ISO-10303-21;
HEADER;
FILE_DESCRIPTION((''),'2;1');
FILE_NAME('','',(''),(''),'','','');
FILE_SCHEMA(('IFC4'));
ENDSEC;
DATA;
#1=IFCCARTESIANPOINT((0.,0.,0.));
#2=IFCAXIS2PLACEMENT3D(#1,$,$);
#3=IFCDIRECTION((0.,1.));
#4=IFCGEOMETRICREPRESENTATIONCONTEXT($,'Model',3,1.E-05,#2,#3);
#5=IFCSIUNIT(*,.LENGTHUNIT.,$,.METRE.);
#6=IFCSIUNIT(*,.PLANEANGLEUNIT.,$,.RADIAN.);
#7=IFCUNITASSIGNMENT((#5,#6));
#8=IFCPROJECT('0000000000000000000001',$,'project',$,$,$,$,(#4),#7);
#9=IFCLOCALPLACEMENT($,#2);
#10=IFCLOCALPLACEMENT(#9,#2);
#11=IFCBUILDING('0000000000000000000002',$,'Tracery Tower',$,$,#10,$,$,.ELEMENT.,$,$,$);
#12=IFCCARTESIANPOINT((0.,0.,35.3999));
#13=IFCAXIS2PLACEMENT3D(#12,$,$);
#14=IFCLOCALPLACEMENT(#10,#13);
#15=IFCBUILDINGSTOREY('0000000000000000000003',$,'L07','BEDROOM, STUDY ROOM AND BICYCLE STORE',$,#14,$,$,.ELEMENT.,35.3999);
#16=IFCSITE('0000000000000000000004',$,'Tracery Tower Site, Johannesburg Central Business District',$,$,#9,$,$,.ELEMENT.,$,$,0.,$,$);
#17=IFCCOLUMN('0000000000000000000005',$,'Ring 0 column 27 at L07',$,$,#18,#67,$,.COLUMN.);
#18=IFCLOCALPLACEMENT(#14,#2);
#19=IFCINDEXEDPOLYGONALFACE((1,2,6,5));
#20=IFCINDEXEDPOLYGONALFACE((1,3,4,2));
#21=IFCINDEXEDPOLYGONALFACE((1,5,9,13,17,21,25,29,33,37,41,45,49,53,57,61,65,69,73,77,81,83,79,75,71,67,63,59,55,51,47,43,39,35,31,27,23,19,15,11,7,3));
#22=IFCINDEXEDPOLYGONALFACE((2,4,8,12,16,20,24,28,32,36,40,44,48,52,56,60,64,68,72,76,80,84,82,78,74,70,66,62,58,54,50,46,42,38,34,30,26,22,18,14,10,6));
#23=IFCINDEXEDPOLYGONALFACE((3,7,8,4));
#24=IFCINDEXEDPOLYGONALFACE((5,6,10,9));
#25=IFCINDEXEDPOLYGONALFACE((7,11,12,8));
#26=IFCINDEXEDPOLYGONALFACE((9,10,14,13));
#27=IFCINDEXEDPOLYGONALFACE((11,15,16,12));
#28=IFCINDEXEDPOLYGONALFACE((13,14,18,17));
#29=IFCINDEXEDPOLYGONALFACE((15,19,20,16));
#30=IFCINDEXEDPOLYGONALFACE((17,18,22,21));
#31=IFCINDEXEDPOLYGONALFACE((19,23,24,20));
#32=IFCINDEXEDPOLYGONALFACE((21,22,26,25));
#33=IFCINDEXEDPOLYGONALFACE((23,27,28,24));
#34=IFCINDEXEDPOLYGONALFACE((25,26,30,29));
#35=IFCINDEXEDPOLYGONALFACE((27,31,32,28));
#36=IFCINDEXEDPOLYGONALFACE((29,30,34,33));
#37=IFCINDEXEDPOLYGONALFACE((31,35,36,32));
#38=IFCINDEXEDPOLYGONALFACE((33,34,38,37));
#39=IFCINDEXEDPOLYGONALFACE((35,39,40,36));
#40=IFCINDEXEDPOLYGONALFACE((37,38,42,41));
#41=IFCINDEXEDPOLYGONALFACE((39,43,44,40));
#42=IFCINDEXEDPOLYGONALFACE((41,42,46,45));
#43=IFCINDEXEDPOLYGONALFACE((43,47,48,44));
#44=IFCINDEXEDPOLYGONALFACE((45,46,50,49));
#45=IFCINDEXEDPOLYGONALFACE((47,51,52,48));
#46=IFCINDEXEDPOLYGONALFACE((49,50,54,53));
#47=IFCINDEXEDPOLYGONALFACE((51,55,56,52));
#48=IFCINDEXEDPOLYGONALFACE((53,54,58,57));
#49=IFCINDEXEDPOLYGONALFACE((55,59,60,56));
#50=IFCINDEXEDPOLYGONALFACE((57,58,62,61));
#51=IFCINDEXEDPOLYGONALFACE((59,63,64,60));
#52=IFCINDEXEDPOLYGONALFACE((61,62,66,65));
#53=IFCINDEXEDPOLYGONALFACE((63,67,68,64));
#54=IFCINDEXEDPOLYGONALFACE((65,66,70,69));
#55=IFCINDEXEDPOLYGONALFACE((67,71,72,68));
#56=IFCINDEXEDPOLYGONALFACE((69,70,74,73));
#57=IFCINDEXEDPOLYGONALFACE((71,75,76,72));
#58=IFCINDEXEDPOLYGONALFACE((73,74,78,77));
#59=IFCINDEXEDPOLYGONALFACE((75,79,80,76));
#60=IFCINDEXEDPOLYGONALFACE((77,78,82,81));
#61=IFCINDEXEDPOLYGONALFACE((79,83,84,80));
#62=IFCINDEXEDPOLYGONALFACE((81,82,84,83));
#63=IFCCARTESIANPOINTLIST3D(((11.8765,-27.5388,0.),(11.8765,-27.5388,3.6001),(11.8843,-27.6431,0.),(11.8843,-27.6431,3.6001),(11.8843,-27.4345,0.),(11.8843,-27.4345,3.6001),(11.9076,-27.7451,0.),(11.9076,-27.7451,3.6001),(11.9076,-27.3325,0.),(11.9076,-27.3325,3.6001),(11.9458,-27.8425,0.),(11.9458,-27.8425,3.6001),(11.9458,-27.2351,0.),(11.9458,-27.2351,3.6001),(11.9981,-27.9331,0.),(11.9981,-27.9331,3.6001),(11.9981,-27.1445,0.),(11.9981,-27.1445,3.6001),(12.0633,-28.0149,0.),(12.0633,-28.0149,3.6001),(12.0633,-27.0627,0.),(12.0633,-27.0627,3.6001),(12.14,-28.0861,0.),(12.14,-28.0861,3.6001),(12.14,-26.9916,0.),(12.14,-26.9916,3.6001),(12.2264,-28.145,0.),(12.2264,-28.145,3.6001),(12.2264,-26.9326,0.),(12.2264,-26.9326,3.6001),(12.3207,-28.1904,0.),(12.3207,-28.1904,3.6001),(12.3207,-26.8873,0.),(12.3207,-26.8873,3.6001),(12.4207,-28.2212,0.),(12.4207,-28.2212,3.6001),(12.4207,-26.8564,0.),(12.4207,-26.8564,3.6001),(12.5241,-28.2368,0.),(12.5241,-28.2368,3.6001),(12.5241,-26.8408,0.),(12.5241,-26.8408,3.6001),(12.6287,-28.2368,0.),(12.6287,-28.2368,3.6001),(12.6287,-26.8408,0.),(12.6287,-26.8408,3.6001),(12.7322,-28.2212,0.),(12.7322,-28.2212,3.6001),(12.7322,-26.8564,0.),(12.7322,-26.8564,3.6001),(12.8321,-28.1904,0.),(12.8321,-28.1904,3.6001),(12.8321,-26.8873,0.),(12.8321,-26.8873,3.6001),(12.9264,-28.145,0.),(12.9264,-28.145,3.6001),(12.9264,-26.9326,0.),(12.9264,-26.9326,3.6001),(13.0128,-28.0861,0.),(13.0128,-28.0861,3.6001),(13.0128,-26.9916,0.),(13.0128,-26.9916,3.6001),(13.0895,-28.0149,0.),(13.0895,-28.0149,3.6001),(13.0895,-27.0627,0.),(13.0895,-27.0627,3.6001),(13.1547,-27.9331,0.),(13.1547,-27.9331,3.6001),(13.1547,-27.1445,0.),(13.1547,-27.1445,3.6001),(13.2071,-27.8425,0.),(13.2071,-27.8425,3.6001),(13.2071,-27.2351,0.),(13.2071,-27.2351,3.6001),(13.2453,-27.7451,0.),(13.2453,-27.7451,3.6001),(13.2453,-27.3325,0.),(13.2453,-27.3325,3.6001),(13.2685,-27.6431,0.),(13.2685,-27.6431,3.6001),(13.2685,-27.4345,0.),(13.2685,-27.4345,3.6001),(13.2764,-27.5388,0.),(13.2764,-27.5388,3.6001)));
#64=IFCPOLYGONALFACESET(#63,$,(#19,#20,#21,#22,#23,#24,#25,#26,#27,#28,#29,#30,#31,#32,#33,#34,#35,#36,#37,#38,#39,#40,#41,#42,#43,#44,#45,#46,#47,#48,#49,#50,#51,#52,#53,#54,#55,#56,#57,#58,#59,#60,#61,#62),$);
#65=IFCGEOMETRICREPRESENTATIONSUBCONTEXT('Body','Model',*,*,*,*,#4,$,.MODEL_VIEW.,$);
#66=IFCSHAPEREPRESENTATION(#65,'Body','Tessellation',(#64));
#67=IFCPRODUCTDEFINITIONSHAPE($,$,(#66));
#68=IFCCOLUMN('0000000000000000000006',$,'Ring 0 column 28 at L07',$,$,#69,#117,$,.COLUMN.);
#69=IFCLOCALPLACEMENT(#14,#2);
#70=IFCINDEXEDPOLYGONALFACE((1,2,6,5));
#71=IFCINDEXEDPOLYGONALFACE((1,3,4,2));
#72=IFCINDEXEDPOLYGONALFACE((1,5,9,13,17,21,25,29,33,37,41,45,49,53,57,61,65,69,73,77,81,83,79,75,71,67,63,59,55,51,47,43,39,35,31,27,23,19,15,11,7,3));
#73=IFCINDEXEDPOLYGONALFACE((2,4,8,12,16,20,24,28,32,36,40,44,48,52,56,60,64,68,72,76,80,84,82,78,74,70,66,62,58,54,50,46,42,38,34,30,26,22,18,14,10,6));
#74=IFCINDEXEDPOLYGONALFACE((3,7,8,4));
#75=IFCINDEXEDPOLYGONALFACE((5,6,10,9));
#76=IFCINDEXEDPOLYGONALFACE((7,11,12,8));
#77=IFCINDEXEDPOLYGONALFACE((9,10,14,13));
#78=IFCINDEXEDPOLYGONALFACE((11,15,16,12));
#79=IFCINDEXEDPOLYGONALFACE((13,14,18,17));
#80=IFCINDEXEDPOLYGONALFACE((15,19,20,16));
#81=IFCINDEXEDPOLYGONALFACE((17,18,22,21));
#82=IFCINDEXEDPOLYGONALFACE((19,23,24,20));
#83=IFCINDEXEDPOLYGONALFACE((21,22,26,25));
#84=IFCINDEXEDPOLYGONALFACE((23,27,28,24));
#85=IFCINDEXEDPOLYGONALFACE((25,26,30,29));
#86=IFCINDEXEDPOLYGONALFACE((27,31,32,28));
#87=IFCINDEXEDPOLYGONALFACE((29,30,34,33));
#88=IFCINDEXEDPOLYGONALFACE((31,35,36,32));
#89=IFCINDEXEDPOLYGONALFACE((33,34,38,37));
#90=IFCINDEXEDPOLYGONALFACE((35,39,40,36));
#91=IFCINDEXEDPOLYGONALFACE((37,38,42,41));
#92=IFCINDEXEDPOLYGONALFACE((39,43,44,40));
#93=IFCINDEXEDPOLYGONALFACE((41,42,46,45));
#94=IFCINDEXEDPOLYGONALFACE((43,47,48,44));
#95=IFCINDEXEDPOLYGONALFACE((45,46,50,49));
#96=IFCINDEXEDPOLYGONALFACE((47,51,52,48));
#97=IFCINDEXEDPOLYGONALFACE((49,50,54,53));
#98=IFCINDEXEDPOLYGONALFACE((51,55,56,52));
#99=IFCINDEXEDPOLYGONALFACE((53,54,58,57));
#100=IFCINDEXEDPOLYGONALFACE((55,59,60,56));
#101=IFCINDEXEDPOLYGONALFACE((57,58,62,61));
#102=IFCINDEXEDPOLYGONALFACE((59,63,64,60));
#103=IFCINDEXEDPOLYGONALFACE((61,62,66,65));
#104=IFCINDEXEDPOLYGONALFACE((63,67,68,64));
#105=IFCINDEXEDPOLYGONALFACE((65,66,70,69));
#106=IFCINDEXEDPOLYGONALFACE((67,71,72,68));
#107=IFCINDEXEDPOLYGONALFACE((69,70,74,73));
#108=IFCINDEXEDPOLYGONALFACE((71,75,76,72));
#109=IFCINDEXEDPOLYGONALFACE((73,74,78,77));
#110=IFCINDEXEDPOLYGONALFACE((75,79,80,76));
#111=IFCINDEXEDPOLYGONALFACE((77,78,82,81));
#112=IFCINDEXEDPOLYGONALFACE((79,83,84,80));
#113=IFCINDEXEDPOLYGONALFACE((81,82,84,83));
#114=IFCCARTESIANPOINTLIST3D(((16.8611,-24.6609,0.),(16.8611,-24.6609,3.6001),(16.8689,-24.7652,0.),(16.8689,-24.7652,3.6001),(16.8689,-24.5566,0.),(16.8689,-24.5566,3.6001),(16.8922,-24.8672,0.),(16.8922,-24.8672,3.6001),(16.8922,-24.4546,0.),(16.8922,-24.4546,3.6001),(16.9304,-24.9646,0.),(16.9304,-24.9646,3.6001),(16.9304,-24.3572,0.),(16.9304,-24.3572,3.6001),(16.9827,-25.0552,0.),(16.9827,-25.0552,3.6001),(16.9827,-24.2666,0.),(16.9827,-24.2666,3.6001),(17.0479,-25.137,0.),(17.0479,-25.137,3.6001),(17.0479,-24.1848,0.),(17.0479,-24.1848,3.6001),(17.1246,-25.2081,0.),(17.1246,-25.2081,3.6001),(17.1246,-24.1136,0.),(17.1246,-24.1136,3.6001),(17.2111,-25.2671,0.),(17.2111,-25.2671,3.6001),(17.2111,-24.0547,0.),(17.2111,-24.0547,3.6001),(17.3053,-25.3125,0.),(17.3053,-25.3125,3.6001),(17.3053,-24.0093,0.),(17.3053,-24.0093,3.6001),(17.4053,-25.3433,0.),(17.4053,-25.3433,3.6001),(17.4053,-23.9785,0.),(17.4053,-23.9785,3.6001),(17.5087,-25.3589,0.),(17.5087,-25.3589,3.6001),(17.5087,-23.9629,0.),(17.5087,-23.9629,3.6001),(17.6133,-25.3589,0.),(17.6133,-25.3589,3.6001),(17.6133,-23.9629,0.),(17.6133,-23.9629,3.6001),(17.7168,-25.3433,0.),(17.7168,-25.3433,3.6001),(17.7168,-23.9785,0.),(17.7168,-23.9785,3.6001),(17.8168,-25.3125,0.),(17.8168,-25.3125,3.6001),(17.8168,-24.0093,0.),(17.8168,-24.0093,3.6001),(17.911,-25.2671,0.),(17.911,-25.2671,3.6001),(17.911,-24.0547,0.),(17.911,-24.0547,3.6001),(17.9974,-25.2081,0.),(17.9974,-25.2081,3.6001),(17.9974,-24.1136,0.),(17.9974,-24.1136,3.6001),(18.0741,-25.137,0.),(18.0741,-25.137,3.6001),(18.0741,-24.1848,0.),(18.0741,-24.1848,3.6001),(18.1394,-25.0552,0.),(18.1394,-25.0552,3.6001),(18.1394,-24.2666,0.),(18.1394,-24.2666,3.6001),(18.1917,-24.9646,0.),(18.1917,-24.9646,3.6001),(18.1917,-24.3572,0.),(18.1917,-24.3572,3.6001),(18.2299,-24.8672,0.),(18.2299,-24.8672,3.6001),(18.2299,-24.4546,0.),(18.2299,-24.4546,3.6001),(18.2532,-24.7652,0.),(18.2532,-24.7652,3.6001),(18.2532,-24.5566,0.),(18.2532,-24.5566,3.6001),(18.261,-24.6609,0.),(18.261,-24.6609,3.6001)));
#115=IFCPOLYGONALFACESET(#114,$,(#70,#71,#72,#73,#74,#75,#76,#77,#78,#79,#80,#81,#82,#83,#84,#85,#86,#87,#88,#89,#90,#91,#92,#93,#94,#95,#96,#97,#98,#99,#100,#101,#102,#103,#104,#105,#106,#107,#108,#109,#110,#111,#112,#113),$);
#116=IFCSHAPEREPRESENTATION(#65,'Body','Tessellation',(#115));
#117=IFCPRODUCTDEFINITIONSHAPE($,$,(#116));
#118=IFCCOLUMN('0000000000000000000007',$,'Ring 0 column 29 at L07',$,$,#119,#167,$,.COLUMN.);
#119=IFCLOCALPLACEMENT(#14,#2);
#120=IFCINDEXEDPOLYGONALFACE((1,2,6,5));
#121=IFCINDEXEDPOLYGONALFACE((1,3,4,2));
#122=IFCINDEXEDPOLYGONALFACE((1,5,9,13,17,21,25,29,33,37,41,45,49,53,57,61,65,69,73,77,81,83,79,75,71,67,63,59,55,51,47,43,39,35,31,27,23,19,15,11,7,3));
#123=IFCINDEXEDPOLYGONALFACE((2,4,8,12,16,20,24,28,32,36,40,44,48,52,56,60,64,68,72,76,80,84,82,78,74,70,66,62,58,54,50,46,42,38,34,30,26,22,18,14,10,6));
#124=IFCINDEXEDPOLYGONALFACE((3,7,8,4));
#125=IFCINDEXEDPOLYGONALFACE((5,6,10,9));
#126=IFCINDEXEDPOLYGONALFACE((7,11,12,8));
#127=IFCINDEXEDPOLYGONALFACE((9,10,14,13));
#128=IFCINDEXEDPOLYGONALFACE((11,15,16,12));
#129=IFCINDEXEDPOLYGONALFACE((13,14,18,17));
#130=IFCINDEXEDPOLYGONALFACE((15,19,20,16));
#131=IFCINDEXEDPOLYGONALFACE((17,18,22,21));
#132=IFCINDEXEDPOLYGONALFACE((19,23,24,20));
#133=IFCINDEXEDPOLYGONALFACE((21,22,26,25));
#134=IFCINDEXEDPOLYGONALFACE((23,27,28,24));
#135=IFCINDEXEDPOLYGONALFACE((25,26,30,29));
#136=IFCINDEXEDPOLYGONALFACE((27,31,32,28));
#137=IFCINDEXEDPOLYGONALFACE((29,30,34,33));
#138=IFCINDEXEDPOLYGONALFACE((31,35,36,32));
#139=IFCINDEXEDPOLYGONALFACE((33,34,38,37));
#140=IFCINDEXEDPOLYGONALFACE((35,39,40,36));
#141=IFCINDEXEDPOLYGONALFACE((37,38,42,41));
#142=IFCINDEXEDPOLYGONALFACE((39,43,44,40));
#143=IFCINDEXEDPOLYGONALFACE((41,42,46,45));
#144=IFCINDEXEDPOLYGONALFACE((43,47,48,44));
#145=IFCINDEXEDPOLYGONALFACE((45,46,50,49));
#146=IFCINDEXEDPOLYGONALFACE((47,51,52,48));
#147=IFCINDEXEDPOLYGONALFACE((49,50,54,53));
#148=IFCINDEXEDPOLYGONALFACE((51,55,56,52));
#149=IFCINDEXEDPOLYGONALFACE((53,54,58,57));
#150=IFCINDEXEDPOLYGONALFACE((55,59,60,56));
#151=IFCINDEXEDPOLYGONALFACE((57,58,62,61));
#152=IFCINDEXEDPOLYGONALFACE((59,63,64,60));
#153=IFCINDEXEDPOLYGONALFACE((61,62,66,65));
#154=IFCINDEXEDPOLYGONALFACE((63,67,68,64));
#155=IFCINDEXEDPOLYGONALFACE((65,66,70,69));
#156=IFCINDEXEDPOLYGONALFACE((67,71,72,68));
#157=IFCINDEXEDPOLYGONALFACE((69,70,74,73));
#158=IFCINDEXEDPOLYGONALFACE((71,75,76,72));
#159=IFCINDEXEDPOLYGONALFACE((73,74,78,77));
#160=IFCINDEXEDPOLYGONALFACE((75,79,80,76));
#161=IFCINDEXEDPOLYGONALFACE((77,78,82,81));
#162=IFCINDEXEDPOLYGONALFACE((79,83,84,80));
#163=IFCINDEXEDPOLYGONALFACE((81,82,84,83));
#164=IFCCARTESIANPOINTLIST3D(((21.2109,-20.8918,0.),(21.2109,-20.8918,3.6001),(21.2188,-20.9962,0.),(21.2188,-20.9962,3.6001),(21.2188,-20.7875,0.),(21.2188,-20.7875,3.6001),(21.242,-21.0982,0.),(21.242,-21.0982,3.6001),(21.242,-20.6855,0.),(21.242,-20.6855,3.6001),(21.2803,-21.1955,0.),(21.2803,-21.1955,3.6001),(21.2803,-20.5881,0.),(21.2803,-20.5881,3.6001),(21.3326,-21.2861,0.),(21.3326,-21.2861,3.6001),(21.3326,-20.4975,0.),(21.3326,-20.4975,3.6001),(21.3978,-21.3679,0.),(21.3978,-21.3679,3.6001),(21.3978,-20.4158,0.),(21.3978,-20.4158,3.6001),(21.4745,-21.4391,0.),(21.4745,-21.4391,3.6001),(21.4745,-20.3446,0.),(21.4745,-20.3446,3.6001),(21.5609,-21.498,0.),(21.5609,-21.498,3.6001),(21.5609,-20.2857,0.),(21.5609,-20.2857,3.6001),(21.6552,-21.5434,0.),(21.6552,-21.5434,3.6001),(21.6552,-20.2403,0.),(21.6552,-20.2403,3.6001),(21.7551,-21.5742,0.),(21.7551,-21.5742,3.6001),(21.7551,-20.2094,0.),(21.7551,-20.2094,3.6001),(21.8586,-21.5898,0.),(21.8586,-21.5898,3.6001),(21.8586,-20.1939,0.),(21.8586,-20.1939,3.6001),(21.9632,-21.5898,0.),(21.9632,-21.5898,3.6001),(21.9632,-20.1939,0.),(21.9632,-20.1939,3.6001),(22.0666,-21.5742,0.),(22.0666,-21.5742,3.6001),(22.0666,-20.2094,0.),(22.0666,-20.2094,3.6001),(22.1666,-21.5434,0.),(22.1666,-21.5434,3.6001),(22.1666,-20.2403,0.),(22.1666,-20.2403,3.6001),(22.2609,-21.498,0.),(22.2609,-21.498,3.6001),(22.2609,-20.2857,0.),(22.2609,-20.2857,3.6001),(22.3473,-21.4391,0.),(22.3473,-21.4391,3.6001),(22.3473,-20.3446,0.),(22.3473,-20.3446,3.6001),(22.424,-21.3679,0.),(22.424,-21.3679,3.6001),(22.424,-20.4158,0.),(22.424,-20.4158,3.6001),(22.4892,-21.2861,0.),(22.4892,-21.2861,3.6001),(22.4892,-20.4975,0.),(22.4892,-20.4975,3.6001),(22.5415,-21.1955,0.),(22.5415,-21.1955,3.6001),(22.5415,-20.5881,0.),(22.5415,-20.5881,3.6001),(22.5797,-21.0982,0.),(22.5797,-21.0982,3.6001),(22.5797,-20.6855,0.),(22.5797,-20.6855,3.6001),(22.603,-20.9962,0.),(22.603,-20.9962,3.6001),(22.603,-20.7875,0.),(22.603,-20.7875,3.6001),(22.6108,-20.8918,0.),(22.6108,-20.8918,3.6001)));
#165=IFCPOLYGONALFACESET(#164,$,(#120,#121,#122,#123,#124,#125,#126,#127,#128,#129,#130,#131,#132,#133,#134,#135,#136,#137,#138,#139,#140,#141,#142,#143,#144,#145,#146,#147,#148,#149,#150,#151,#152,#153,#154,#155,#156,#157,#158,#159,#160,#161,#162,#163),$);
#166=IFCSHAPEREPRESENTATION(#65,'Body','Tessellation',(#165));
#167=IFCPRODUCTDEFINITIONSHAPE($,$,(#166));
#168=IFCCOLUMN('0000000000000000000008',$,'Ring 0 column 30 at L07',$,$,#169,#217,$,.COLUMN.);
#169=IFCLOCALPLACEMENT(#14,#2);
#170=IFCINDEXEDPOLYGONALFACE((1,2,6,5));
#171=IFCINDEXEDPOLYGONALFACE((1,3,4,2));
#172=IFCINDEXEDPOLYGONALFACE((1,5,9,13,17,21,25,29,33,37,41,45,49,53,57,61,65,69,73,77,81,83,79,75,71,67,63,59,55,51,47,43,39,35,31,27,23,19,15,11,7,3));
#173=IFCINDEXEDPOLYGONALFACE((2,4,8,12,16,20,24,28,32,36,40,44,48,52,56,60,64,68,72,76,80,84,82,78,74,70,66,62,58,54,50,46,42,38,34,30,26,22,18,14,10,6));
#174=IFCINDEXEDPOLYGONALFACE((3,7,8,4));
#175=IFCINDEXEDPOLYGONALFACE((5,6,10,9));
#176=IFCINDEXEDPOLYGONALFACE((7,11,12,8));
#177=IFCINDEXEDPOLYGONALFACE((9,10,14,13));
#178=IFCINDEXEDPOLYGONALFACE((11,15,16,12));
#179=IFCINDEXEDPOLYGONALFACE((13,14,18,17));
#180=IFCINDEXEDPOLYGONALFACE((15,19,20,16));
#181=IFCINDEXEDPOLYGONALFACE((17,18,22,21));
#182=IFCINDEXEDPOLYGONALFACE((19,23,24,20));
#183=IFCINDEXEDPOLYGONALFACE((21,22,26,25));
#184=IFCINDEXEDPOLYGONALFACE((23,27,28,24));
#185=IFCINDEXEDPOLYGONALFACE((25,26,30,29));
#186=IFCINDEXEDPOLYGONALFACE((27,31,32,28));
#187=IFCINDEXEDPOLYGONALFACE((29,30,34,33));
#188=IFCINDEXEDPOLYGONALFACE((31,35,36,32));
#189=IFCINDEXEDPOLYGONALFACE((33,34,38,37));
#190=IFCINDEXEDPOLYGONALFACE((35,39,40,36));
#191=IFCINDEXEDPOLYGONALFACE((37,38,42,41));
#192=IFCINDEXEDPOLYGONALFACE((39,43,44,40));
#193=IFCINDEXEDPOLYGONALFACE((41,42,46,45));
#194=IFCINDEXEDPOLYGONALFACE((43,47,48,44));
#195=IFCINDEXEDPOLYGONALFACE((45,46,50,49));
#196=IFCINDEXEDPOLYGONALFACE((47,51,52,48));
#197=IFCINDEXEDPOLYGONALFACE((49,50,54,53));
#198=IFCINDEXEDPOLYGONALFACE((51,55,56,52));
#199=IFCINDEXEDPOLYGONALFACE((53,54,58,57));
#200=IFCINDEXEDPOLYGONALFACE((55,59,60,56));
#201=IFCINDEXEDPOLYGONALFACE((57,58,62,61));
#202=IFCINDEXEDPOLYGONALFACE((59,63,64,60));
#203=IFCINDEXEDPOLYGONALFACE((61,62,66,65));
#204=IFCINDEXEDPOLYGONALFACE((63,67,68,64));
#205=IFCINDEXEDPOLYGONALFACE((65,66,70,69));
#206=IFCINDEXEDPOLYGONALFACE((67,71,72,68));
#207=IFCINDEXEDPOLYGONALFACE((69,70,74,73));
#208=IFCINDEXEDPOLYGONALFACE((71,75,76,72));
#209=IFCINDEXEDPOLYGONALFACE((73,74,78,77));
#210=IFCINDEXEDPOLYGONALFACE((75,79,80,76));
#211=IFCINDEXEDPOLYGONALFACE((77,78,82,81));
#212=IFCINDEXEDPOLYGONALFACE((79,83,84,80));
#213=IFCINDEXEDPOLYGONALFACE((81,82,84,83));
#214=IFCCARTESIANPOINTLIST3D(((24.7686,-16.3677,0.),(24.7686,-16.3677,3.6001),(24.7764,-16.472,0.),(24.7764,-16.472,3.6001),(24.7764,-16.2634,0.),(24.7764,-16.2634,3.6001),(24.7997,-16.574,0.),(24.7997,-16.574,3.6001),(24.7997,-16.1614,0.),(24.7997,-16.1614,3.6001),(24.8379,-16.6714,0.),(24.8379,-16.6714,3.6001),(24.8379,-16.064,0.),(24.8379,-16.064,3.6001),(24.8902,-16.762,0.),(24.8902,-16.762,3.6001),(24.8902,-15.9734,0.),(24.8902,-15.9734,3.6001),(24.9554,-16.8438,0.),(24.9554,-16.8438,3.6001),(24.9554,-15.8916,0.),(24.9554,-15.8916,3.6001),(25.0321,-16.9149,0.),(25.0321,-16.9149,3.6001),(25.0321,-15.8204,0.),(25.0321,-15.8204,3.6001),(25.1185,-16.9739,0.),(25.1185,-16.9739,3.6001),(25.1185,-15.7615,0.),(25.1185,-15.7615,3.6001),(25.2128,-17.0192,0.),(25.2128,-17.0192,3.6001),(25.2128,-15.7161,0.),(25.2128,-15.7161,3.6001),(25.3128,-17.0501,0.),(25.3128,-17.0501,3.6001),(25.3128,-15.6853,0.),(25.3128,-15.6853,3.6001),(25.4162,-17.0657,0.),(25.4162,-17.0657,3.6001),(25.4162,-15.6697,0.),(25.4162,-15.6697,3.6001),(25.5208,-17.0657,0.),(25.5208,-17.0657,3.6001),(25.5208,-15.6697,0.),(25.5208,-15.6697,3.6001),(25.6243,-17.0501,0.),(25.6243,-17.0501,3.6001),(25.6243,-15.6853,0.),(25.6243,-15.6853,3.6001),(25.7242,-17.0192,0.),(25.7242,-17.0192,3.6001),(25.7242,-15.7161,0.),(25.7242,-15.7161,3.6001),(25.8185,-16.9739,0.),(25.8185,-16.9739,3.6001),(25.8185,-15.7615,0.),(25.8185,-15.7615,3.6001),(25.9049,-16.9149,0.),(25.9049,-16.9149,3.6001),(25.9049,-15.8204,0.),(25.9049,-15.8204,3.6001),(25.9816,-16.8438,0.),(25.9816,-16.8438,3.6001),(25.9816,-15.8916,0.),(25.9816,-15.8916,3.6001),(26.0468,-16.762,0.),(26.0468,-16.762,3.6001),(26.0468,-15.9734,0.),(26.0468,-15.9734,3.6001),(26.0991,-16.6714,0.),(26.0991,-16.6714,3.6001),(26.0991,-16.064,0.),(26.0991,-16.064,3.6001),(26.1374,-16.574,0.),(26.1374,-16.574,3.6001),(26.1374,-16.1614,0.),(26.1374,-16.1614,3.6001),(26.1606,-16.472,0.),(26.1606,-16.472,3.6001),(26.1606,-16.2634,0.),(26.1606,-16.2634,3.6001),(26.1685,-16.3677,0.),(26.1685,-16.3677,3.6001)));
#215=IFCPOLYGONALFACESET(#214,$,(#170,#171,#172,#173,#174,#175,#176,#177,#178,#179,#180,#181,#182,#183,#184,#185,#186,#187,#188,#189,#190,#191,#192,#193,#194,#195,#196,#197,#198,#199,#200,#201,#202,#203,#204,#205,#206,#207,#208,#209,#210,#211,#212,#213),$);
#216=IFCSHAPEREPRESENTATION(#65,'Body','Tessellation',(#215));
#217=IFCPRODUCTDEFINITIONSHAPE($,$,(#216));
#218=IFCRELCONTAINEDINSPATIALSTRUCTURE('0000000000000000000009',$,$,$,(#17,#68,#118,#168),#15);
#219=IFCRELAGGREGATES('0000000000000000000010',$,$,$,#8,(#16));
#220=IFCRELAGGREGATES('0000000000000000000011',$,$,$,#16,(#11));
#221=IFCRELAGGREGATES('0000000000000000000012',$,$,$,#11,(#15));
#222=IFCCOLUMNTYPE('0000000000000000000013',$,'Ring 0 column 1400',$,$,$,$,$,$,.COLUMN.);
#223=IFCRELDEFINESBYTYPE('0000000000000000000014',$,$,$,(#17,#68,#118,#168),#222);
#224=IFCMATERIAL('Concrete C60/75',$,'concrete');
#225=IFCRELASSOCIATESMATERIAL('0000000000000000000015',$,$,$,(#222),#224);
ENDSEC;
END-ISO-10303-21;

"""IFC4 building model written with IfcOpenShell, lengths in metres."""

from ifc_helpers import new_model, si_unit, direction, frame, origin, origin_2d, place, context, subcontext, project, spatial, circle, extrude, material, material_profile, profile_set, type_object, element, save


model = new_model("IFC4")

# Units and contexts
model_context = context("Model", 3, precision=1e-05, world=origin(), true_north=direction((0.0, 1.0)))
body_context = subcontext(model_context, "Body", "Model", "MODEL_VIEW")
ifc_project = project(units=[si_unit("LENGTHUNIT", "METRE"), si_unit("PLANEANGLEUNIT", "RADIAN")], contexts=[model_context])

# Site, building, storey
site_placement = place(None, origin())
site = spatial("IfcSite", under=ifc_project, at=site_placement, Name="Tracery Tower Site, Johannesburg Central Business District", CompositionType="ELEMENT", RefElevation=0.0)
building_placement = place(site_placement, origin())
building = spatial("IfcBuilding", under=site, at=building_placement, Name="Tracery Tower", CompositionType="ELEMENT")
storey_placement = place(building_placement, frame((0.0, 0.0, 35.3999)))
storey = spatial("IfcBuildingStorey", under=building, at=storey_placement, Name="L07", Description="BEDROOM, STUDY ROOM AND BICYCLE STORE", CompositionType="ELEMENT", Elevation=35.3999)

# Columns
ifc_material_1 = material(Name="Concrete C60/75", Category="concrete")
ifc_material_profile_1 = material_profile(ifc_material_1, circle(Radius=0.7, at=origin_2d()), Name="RC D1400")
ifc_profile_set_1 = profile_set([ifc_material_profile_1], Name="Concrete C60/75")
column_type_1 = type_object("IfcColumnType", Name="Ring 0 column 1400", PredefinedType="COLUMN", material=ifc_profile_set_1)
for number, where, z_axis, x_axis, name in (
    (1, (12.5764, -27.5388, 0.0), (0.0, 0.0, 1.0), (1.0, 0.0, 0.0), "Ring 0 column 27 at L07"),
    (2, (17.561, -24.6609, 0.0), (0.0, 0.0, 1.0), (1.0, 0.0, 0.0), "Ring 0 column 28 at L07"),
    (3, (21.9109, -20.8918, 0.0), (0.0, 0.0, 1.0), (1.0, 0.0, 0.0), "Ring 0 column 29 at L07"),
    (4, (25.4685, -16.3677, 0.0), (0.0, 0.0, 1.0), (1.0, 0.0, 0.0), "Ring 0 column 30 at L07"),
):
    element("IfcColumn", number, at=place(storey_placement, frame(where, z_axis=z_axis, x_axis=x_axis)), inside=storey, type_object=column_type_1, Name=name, PredefinedType="COLUMN", context=body_context, shape_type="SweptSolid", body=[
        extrude(circle(Radius=0.7, at=origin_2d()), origin(), (0.0, 0.0, 1.0), 3.6001),
    ])

save(model, "model.ifc")
